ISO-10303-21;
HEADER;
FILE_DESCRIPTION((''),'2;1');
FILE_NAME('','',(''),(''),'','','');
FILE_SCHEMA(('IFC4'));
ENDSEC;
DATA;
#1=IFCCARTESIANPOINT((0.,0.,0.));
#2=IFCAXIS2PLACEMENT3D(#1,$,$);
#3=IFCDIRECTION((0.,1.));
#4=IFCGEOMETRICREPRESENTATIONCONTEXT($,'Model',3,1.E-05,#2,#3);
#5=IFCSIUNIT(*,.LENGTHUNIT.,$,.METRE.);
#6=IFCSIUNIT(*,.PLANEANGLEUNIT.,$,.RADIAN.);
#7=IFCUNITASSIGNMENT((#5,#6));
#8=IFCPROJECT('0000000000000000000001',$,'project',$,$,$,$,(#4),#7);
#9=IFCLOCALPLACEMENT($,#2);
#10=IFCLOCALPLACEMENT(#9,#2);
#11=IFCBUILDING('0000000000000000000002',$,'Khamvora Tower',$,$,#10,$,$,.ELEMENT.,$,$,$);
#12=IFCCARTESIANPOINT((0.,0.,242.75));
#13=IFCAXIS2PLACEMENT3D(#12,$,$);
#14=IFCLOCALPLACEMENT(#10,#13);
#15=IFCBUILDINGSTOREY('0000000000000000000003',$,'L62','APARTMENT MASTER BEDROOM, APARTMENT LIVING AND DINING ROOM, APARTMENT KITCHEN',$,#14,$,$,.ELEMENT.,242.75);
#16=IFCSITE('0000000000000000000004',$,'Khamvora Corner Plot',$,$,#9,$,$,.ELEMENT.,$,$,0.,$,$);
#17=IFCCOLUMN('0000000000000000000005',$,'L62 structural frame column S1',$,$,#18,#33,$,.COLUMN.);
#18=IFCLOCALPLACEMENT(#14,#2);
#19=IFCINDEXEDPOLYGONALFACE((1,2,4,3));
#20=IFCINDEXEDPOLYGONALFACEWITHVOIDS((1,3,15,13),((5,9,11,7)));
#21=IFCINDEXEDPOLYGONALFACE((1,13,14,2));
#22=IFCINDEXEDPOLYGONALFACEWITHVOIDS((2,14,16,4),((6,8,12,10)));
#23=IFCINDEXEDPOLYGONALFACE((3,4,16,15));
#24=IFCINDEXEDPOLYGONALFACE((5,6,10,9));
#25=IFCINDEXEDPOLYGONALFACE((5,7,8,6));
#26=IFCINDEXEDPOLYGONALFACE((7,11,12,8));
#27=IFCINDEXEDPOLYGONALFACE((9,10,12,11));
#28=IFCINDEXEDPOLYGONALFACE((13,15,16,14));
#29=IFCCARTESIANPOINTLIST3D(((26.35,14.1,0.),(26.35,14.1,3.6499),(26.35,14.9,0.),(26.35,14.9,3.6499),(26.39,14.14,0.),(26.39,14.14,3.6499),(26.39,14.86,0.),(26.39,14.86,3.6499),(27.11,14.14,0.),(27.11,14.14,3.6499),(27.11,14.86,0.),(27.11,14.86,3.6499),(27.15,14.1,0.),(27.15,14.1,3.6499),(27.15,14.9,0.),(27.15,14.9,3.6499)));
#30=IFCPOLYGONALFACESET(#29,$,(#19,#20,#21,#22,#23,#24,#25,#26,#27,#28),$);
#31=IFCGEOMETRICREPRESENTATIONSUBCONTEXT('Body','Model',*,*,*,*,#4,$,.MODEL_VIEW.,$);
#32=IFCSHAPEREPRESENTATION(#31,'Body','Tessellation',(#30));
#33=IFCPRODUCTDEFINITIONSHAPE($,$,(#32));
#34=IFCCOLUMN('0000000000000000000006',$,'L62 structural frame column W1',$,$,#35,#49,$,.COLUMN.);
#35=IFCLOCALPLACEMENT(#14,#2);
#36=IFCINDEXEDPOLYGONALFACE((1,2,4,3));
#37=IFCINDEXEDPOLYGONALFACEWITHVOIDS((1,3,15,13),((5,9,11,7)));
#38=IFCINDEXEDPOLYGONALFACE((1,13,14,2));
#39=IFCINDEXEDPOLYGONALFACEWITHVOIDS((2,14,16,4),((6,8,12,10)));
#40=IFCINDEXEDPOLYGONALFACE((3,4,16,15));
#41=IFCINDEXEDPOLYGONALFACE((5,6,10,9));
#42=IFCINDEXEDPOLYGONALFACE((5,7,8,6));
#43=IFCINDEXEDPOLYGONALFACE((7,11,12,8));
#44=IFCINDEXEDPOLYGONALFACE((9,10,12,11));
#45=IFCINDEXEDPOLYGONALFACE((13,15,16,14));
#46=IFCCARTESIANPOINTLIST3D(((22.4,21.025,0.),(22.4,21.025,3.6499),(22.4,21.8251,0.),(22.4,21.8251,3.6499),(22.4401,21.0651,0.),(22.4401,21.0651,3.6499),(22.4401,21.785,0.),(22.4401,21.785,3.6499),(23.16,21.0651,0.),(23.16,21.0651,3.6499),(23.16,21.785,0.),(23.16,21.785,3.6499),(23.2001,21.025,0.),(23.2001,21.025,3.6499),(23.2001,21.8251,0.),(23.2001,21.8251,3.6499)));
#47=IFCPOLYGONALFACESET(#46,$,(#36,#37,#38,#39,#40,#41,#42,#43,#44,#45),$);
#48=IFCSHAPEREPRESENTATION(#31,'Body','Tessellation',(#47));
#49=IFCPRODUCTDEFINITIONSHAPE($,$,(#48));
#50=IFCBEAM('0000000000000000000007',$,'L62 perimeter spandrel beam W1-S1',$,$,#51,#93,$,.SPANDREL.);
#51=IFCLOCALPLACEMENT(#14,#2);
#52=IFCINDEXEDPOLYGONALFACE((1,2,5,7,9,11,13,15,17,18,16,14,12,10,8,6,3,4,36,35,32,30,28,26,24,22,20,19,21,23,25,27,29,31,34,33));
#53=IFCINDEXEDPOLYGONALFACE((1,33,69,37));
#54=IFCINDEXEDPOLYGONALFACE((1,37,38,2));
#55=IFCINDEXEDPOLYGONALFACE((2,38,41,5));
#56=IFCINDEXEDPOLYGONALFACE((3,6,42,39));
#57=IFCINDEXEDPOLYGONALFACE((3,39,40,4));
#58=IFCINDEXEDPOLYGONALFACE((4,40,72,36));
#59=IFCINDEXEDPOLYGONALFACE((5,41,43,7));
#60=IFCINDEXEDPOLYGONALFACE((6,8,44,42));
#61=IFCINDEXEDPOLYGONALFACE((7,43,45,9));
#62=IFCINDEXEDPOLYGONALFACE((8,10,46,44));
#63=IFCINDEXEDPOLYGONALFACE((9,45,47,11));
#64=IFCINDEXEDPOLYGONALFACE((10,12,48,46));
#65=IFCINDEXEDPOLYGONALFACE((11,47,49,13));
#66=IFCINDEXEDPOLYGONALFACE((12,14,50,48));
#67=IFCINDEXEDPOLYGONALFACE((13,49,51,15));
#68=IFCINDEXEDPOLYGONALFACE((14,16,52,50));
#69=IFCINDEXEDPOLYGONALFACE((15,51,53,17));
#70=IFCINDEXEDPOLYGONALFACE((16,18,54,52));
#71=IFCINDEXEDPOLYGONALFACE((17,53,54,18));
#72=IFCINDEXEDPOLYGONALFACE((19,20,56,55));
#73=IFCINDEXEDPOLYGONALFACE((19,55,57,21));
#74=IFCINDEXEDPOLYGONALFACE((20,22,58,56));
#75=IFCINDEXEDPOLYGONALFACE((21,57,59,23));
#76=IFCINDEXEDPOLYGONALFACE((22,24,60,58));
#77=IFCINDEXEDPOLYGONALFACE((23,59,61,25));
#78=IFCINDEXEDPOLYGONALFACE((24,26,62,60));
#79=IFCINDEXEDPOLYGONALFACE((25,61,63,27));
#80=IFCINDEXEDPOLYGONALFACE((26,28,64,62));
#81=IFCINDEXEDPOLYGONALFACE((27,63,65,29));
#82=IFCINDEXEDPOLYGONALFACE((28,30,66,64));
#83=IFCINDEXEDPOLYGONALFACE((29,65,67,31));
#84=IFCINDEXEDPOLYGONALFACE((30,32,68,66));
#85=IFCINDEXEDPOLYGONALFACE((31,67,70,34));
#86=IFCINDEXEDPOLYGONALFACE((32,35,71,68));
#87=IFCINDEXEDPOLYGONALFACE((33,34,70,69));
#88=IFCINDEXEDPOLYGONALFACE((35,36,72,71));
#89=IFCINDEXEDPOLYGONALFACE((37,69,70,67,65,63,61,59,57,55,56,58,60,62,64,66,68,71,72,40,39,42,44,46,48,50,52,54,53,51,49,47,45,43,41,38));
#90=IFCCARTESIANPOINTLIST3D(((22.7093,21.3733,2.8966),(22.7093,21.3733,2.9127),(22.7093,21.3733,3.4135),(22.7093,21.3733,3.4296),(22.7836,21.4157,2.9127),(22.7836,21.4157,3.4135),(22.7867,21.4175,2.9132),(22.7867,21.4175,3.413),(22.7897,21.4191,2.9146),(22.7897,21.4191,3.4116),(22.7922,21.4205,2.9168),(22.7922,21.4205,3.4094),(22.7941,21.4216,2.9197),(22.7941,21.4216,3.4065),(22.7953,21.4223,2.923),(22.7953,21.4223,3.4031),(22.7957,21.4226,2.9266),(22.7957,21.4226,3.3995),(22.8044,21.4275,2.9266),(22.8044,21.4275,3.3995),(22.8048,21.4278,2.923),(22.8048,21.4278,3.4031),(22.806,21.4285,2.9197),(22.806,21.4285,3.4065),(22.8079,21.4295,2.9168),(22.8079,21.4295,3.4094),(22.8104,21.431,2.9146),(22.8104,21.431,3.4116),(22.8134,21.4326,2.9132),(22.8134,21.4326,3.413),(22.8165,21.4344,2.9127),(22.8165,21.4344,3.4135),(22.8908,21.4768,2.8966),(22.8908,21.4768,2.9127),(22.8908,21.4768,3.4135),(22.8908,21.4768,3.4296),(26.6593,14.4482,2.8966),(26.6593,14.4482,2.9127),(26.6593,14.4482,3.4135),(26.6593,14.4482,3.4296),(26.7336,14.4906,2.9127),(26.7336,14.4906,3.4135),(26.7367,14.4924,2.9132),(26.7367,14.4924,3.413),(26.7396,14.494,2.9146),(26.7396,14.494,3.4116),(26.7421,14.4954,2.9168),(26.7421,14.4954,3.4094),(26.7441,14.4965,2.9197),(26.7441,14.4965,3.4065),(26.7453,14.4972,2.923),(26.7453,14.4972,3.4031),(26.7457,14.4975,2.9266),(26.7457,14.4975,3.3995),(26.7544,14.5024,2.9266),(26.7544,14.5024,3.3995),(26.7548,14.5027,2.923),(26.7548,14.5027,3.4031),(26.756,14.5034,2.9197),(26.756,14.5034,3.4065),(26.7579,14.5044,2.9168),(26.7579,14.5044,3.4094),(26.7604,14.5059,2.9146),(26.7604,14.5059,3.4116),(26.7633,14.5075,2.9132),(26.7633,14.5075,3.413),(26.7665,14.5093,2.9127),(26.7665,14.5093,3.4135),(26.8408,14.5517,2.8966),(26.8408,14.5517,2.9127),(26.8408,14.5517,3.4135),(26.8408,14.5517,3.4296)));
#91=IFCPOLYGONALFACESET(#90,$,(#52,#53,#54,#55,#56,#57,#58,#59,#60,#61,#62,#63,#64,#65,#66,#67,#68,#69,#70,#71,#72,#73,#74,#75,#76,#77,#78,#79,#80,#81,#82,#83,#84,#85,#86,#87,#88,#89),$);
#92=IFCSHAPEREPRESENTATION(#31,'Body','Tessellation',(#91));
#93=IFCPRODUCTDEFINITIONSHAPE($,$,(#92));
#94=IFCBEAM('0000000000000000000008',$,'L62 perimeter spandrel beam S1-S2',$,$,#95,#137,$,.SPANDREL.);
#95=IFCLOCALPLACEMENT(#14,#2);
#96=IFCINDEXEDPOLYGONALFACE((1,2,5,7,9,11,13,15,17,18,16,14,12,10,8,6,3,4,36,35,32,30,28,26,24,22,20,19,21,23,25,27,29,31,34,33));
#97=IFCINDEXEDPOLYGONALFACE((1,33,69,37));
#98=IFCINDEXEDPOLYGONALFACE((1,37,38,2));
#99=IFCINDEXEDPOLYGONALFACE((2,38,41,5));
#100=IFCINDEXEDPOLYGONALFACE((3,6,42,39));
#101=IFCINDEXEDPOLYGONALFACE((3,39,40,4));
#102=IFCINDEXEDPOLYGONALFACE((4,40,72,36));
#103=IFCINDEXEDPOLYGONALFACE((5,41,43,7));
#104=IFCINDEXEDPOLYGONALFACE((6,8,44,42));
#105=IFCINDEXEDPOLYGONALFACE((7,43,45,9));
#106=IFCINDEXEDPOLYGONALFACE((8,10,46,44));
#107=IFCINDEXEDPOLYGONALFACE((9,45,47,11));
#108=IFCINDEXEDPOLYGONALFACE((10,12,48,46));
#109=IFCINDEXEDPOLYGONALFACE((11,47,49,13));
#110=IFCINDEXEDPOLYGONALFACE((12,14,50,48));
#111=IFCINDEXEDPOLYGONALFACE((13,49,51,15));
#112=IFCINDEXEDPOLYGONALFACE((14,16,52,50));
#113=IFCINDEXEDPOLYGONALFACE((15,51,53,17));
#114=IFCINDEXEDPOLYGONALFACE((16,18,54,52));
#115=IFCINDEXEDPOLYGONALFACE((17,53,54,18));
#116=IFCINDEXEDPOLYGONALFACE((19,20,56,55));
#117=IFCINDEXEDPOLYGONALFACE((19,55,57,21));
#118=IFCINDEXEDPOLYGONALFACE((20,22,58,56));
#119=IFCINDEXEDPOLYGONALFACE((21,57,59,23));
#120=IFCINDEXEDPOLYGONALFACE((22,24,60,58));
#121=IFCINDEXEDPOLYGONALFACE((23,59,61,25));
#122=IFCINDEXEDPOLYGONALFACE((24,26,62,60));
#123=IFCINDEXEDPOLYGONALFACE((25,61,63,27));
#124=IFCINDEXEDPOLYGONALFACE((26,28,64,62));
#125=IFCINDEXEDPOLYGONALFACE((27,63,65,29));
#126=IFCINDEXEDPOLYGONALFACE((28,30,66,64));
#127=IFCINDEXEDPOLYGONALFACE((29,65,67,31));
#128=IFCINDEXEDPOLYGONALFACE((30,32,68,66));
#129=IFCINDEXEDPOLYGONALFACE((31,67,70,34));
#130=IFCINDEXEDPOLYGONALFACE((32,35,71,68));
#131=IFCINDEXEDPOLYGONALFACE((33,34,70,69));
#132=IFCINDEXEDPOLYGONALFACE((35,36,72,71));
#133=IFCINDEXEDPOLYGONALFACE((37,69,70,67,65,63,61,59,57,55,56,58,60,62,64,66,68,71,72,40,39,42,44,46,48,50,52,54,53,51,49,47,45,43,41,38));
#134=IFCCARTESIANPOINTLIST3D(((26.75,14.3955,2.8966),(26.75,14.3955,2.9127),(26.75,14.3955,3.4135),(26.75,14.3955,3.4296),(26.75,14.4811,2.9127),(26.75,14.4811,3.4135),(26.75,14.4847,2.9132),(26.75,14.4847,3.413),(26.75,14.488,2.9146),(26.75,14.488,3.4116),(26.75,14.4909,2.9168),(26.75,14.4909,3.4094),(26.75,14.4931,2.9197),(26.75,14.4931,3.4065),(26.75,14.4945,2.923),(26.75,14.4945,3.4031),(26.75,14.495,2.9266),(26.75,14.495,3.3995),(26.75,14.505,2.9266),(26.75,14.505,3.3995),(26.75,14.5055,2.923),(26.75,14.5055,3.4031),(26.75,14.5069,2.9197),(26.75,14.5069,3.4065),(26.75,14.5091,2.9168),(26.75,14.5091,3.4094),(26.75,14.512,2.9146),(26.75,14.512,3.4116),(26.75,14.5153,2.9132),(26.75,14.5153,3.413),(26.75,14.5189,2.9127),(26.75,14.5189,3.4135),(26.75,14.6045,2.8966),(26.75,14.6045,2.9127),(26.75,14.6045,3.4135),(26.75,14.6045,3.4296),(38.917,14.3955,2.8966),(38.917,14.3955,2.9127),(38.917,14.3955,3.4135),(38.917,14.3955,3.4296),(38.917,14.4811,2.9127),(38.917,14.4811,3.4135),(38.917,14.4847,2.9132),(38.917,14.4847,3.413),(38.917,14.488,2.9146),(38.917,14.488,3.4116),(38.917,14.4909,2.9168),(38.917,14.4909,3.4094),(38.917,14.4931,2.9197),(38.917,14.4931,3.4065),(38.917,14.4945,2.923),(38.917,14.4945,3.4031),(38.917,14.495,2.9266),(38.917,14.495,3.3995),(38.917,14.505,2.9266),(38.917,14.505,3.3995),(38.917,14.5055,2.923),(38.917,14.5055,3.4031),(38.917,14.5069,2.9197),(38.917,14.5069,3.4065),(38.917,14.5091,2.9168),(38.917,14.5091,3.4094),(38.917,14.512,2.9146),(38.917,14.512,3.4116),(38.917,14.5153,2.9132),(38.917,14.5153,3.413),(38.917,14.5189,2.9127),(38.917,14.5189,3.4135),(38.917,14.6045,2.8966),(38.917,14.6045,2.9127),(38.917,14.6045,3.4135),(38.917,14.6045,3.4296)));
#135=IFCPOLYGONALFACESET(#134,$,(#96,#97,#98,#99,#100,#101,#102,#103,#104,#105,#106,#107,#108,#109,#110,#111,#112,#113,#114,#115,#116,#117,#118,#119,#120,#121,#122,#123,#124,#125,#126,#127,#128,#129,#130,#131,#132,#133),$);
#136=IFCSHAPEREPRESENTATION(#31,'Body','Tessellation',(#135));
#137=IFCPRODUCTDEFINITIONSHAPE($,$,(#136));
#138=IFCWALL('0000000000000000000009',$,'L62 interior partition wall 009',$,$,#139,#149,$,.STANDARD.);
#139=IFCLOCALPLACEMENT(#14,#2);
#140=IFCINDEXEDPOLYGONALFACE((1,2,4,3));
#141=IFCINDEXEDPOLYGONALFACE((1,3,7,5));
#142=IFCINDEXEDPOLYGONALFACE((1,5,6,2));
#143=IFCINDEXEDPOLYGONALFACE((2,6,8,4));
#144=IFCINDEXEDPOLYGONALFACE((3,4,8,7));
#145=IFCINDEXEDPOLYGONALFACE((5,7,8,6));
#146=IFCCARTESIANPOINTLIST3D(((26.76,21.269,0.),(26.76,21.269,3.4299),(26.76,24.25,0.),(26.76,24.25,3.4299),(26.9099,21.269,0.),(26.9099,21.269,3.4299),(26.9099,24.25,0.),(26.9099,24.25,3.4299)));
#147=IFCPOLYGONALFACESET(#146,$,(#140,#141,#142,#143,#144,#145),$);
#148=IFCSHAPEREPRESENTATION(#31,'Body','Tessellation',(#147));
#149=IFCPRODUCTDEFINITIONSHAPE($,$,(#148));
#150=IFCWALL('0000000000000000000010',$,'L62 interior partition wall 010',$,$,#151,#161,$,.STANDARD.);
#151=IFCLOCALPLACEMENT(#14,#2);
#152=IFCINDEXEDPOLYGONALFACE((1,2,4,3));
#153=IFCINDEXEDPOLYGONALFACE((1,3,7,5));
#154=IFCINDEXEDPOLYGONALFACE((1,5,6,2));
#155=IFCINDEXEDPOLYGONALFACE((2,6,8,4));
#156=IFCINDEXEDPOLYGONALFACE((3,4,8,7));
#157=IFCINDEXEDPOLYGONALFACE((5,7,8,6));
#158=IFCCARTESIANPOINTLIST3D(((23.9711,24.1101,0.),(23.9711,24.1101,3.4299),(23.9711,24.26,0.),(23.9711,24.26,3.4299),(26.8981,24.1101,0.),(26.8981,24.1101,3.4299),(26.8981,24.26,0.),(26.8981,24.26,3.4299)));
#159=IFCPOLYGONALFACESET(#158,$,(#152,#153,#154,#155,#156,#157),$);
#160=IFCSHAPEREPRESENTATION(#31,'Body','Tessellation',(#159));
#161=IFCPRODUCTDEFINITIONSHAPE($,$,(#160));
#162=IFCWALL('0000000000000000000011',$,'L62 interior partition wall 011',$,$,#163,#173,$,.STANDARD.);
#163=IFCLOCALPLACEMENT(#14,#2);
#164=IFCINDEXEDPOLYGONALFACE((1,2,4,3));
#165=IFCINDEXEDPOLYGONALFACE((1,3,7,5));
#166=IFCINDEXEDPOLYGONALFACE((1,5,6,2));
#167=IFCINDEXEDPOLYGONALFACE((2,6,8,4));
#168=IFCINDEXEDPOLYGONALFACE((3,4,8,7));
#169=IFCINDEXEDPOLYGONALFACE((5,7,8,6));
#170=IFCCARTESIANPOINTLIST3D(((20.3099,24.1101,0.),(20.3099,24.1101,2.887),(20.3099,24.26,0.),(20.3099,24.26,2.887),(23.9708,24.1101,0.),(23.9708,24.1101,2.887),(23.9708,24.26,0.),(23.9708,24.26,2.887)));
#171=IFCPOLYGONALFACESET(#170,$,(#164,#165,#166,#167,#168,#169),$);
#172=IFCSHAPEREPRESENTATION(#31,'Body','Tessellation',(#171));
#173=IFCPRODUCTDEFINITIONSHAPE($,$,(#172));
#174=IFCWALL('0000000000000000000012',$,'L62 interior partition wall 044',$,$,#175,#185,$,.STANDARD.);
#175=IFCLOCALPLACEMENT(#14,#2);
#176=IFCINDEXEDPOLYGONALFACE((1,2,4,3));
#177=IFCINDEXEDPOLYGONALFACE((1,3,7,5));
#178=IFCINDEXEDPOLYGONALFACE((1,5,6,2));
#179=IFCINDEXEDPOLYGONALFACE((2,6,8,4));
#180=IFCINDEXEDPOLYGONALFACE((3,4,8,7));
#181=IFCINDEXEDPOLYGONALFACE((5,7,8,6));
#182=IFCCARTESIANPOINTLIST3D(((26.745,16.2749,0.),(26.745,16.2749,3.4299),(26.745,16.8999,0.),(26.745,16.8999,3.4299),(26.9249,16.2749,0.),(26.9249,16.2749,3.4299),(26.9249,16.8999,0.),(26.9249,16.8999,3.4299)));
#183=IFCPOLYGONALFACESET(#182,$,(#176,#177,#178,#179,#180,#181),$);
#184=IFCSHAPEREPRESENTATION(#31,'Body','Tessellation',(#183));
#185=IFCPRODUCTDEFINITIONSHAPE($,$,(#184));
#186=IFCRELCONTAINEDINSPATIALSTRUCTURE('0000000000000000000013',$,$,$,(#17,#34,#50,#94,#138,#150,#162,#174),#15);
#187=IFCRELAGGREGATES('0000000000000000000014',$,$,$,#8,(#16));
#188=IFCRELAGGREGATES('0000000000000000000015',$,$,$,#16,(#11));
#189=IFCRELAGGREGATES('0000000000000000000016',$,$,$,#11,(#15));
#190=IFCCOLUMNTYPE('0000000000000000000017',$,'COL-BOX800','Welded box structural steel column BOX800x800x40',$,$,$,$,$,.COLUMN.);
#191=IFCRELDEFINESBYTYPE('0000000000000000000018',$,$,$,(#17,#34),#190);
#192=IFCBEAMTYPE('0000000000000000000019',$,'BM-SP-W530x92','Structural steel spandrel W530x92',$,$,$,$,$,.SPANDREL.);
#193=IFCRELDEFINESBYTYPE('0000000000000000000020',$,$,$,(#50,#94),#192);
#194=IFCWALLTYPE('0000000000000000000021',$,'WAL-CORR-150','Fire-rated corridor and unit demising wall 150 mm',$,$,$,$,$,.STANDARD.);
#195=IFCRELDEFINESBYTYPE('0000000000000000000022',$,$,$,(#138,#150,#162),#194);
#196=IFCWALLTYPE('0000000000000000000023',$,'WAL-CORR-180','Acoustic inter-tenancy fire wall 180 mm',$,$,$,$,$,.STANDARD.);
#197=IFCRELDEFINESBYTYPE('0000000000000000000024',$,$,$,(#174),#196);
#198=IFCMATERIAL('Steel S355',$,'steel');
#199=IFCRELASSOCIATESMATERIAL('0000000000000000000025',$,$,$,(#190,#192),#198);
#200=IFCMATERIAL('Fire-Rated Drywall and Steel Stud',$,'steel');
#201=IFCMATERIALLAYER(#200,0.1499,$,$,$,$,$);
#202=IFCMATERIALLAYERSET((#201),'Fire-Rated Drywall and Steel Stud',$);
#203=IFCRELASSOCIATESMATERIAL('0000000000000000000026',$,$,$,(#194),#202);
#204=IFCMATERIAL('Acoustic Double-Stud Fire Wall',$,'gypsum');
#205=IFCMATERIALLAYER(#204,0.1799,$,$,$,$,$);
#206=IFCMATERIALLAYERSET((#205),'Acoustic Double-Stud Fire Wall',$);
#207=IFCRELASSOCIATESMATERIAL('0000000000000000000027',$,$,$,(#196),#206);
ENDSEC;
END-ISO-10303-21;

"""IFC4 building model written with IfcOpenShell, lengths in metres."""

from ifc_helpers import new_model, si_unit, direction, frame, frame_2d, origin, origin_2d, place, context, subcontext, project, spatial, rectangle, hollow_rectangle, i_section, extrude, material, layer, layer_set, material_profile, profile_set, type_object, element, save


model = new_model("IFC4")

# Units and contexts
model_context = context("Model", 3, precision=1e-05, world=origin(), true_north=direction((0.0, 1.0)))
body_context = subcontext(model_context, "Body", "Model", "MODEL_VIEW")
ifc_project = project(units=[si_unit("LENGTHUNIT", "METRE"), si_unit("PLANEANGLEUNIT", "RADIAN")], contexts=[model_context])

# Site, building, storey
site_placement = place(None, origin())
site = spatial("IfcSite", under=ifc_project, at=site_placement, Name="Khamvora Corner Plot", CompositionType="ELEMENT", RefElevation=0.0)
building_placement = place(site_placement, origin())
building = spatial("IfcBuilding", under=site, at=building_placement, Name="Khamvora Tower", CompositionType="ELEMENT")
storey_placement = place(building_placement, frame((0.0, 0.0, 242.75)))
storey = spatial("IfcBuildingStorey", under=building, at=storey_placement, Name="L62", Description="APARTMENT MASTER BEDROOM, APARTMENT LIVING AND DINING ROOM, APARTMENT KITCHEN", CompositionType="ELEMENT", Elevation=242.75)

# Columns
ifc_material_1 = material(Name="Steel S355", Category="steel")
ifc_material_profile_1 = material_profile(ifc_material_1, hollow_rectangle(XDim=0.8, YDim=0.8, WallThickness=0.04, at=origin_2d()), Name="BOX800x800x40")
ifc_profile_set_1 = profile_set([ifc_material_profile_1], Name="Steel S355")
column_type = type_object("IfcColumnType", Name="COL-BOX800", Description="Welded box structural steel column BOX800x800x40", PredefinedType="COLUMN", material=ifc_profile_set_1)
for number, where, z_axis, x_axis, name in (
    (1, (26.75, 14.5, 0.0), (0.0, 0.0, 1.0), (1.0, 0.0, 0.0), "L62 structural frame column S1"),
    (2, (22.8, 21.425, 0.0), (0.0, 0.0, 1.0), (1.0, 0.0, 0.0), "L62 structural frame column W1"),
):
    element("IfcColumn", number, at=place(storey_placement, frame(where, z_axis=z_axis, x_axis=x_axis)), inside=storey, type_object=column_type, Name=name, PredefinedType="COLUMN", context=body_context, shape_type="SweptSolid", body=[
        extrude(hollow_rectangle(XDim=0.8, YDim=0.8, WallThickness=0.04, at=origin_2d()), origin(), (0.0, 0.0, 1.0), 3.6499),
    ])

# Beams
ifc_material_profile_2 = material_profile(ifc_material_1, i_section(OverallWidth=0.209, OverallDepth=0.533, WebThickness=0.01, FlangeThickness=0.0161, FilletRadius=0.0139, at=origin_2d()), Name="W530x92")
ifc_profile_set_2 = profile_set([ifc_material_profile_2], Name="Steel S355")
beam_type = type_object("IfcBeamType", Name="BM-SP-W530x92", Description="Structural steel spandrel W530x92", PredefinedType="SPANDREL", material=ifc_profile_set_2)
beam_1_placement = place(storey_placement, frame((22.8, 21.425, 3.1631), z_axis=(0.495456, -0.868633, 0.0), x_axis=(0.868633, 0.495456, 0.0)))
element("IfcBeam", 3, at=beam_1_placement, inside=storey, type_object=beam_type, Name="L62 perimeter spandrel beam W1-S1", PredefinedType="SPANDREL", context=body_context, shape_type="SweptSolid", body=[
    extrude(i_section(OverallWidth=0.209, OverallDepth=0.533, WebThickness=0.01, FlangeThickness=0.0161, FilletRadius=0.0139, at=origin_2d()), origin(), (0.0, 0.0, 1.0), 7.9724),
])
beam_2_placement = place(storey_placement, frame((26.75, 14.5, 3.1631), z_axis=(1.0, 0.0, 0.0), x_axis=(0.0, 1.0, 0.0)))
element("IfcBeam", 4, at=beam_2_placement, inside=storey, type_object=beam_type, Name="L62 perimeter spandrel beam S1-S2", PredefinedType="SPANDREL", context=body_context, shape_type="SweptSolid", body=[
    extrude(i_section(OverallWidth=0.209, OverallDepth=0.533, WebThickness=0.01, FlangeThickness=0.0161, FilletRadius=0.0139, at=origin_2d()), origin(), (0.0, 0.0, 1.0), 12.167),
])

# Shared definitions
ifc_material_2 = material(Name="Fire-Rated Drywall and Steel Stud", Category="steel")
ifc_layer_1 = layer(ifc_material_2, 0.1499)
ifc_layer_set_1 = layer_set([ifc_layer_1], Name="Fire-Rated Drywall and Steel Stud")
wall_type_1 = type_object("IfcWallType", Name="WAL-CORR-150", Description="Fire-rated corridor and unit demising wall 150 mm", PredefinedType="STANDARD", material=ifc_layer_set_1)

# Walls
wall_1_placement = place(storey_placement, frame((26.835, 21.269, 0.0), z_axis=(0.0, 0.0, 1.0), x_axis=(0.0, 1.0, 0.0)))
element("IfcWall", 5, at=wall_1_placement, inside=storey, type_object=wall_type_1, Name="L62 interior partition wall 009", PredefinedType="STANDARD", context=body_context, shape_type="SweptSolid", body=[
    extrude(rectangle(XDim=2.981, YDim=0.1499, at=frame_2d((1.4905, 0.0))), origin(), (0.0, 0.0, 1.0), 3.4299),
])
wall_2_placement = place(storey_placement, frame((26.8979, 24.1851, 0.0), z_axis=(0.0, 0.0, 1.0), x_axis=(-1.0, 0.0, 0.0)))
element("IfcWall", 6, at=wall_2_placement, inside=storey, type_object=wall_type_1, Name="L62 interior partition wall 010", PredefinedType="STANDARD", context=body_context, shape_type="SweptSolid", body=[
    extrude(rectangle(XDim=2.927, YDim=0.1499, at=frame_2d((1.4634, 0.0))), origin(), (0.0, 0.0, 1.0), 3.4299),
])
wall_3_placement = place(storey_placement, frame((23.9709, 24.1851, 0.0), z_axis=(0.0, 0.0, 1.0), x_axis=(-1.0, 0.0, 0.0)))
element("IfcWall", 7, at=wall_3_placement, inside=storey, type_object=wall_type_1, Name="L62 interior partition wall 011", PredefinedType="STANDARD", context=body_context, shape_type="SweptSolid", body=[
    extrude(rectangle(XDim=3.6609, YDim=0.1499, at=frame_2d((1.8306, 0.0))), origin(), (0.0, 0.0, 1.0), 2.887),
])
ifc_material_3 = material(Name="Acoustic Double-Stud Fire Wall", Category="gypsum")
ifc_layer_2 = layer(ifc_material_3, 0.1799)
ifc_layer_set_2 = layer_set([ifc_layer_2], Name="Acoustic Double-Stud Fire Wall")
wall_type_2 = type_object("IfcWallType", Name="WAL-CORR-180", Description="Acoustic inter-tenancy fire wall 180 mm", PredefinedType="STANDARD", material=ifc_layer_set_2)
wall_4_placement = place(storey_placement, frame((26.835, 16.8999, 0.0), z_axis=(0.0, 0.0, 1.0), x_axis=(0.0, -1.0, 0.0)))
element("IfcWall", 8, at=wall_4_placement, inside=storey, type_object=wall_type_2, Name="L62 interior partition wall 044", PredefinedType="STANDARD", context=body_context, shape_type="SweptSolid", body=[
    extrude(rectangle(XDim=0.625, YDim=0.1799, at=frame_2d((0.3125, 0.0))), origin(), (0.0, 0.0, 1.0), 3.4299),
])

save(model, "model.ifc")
